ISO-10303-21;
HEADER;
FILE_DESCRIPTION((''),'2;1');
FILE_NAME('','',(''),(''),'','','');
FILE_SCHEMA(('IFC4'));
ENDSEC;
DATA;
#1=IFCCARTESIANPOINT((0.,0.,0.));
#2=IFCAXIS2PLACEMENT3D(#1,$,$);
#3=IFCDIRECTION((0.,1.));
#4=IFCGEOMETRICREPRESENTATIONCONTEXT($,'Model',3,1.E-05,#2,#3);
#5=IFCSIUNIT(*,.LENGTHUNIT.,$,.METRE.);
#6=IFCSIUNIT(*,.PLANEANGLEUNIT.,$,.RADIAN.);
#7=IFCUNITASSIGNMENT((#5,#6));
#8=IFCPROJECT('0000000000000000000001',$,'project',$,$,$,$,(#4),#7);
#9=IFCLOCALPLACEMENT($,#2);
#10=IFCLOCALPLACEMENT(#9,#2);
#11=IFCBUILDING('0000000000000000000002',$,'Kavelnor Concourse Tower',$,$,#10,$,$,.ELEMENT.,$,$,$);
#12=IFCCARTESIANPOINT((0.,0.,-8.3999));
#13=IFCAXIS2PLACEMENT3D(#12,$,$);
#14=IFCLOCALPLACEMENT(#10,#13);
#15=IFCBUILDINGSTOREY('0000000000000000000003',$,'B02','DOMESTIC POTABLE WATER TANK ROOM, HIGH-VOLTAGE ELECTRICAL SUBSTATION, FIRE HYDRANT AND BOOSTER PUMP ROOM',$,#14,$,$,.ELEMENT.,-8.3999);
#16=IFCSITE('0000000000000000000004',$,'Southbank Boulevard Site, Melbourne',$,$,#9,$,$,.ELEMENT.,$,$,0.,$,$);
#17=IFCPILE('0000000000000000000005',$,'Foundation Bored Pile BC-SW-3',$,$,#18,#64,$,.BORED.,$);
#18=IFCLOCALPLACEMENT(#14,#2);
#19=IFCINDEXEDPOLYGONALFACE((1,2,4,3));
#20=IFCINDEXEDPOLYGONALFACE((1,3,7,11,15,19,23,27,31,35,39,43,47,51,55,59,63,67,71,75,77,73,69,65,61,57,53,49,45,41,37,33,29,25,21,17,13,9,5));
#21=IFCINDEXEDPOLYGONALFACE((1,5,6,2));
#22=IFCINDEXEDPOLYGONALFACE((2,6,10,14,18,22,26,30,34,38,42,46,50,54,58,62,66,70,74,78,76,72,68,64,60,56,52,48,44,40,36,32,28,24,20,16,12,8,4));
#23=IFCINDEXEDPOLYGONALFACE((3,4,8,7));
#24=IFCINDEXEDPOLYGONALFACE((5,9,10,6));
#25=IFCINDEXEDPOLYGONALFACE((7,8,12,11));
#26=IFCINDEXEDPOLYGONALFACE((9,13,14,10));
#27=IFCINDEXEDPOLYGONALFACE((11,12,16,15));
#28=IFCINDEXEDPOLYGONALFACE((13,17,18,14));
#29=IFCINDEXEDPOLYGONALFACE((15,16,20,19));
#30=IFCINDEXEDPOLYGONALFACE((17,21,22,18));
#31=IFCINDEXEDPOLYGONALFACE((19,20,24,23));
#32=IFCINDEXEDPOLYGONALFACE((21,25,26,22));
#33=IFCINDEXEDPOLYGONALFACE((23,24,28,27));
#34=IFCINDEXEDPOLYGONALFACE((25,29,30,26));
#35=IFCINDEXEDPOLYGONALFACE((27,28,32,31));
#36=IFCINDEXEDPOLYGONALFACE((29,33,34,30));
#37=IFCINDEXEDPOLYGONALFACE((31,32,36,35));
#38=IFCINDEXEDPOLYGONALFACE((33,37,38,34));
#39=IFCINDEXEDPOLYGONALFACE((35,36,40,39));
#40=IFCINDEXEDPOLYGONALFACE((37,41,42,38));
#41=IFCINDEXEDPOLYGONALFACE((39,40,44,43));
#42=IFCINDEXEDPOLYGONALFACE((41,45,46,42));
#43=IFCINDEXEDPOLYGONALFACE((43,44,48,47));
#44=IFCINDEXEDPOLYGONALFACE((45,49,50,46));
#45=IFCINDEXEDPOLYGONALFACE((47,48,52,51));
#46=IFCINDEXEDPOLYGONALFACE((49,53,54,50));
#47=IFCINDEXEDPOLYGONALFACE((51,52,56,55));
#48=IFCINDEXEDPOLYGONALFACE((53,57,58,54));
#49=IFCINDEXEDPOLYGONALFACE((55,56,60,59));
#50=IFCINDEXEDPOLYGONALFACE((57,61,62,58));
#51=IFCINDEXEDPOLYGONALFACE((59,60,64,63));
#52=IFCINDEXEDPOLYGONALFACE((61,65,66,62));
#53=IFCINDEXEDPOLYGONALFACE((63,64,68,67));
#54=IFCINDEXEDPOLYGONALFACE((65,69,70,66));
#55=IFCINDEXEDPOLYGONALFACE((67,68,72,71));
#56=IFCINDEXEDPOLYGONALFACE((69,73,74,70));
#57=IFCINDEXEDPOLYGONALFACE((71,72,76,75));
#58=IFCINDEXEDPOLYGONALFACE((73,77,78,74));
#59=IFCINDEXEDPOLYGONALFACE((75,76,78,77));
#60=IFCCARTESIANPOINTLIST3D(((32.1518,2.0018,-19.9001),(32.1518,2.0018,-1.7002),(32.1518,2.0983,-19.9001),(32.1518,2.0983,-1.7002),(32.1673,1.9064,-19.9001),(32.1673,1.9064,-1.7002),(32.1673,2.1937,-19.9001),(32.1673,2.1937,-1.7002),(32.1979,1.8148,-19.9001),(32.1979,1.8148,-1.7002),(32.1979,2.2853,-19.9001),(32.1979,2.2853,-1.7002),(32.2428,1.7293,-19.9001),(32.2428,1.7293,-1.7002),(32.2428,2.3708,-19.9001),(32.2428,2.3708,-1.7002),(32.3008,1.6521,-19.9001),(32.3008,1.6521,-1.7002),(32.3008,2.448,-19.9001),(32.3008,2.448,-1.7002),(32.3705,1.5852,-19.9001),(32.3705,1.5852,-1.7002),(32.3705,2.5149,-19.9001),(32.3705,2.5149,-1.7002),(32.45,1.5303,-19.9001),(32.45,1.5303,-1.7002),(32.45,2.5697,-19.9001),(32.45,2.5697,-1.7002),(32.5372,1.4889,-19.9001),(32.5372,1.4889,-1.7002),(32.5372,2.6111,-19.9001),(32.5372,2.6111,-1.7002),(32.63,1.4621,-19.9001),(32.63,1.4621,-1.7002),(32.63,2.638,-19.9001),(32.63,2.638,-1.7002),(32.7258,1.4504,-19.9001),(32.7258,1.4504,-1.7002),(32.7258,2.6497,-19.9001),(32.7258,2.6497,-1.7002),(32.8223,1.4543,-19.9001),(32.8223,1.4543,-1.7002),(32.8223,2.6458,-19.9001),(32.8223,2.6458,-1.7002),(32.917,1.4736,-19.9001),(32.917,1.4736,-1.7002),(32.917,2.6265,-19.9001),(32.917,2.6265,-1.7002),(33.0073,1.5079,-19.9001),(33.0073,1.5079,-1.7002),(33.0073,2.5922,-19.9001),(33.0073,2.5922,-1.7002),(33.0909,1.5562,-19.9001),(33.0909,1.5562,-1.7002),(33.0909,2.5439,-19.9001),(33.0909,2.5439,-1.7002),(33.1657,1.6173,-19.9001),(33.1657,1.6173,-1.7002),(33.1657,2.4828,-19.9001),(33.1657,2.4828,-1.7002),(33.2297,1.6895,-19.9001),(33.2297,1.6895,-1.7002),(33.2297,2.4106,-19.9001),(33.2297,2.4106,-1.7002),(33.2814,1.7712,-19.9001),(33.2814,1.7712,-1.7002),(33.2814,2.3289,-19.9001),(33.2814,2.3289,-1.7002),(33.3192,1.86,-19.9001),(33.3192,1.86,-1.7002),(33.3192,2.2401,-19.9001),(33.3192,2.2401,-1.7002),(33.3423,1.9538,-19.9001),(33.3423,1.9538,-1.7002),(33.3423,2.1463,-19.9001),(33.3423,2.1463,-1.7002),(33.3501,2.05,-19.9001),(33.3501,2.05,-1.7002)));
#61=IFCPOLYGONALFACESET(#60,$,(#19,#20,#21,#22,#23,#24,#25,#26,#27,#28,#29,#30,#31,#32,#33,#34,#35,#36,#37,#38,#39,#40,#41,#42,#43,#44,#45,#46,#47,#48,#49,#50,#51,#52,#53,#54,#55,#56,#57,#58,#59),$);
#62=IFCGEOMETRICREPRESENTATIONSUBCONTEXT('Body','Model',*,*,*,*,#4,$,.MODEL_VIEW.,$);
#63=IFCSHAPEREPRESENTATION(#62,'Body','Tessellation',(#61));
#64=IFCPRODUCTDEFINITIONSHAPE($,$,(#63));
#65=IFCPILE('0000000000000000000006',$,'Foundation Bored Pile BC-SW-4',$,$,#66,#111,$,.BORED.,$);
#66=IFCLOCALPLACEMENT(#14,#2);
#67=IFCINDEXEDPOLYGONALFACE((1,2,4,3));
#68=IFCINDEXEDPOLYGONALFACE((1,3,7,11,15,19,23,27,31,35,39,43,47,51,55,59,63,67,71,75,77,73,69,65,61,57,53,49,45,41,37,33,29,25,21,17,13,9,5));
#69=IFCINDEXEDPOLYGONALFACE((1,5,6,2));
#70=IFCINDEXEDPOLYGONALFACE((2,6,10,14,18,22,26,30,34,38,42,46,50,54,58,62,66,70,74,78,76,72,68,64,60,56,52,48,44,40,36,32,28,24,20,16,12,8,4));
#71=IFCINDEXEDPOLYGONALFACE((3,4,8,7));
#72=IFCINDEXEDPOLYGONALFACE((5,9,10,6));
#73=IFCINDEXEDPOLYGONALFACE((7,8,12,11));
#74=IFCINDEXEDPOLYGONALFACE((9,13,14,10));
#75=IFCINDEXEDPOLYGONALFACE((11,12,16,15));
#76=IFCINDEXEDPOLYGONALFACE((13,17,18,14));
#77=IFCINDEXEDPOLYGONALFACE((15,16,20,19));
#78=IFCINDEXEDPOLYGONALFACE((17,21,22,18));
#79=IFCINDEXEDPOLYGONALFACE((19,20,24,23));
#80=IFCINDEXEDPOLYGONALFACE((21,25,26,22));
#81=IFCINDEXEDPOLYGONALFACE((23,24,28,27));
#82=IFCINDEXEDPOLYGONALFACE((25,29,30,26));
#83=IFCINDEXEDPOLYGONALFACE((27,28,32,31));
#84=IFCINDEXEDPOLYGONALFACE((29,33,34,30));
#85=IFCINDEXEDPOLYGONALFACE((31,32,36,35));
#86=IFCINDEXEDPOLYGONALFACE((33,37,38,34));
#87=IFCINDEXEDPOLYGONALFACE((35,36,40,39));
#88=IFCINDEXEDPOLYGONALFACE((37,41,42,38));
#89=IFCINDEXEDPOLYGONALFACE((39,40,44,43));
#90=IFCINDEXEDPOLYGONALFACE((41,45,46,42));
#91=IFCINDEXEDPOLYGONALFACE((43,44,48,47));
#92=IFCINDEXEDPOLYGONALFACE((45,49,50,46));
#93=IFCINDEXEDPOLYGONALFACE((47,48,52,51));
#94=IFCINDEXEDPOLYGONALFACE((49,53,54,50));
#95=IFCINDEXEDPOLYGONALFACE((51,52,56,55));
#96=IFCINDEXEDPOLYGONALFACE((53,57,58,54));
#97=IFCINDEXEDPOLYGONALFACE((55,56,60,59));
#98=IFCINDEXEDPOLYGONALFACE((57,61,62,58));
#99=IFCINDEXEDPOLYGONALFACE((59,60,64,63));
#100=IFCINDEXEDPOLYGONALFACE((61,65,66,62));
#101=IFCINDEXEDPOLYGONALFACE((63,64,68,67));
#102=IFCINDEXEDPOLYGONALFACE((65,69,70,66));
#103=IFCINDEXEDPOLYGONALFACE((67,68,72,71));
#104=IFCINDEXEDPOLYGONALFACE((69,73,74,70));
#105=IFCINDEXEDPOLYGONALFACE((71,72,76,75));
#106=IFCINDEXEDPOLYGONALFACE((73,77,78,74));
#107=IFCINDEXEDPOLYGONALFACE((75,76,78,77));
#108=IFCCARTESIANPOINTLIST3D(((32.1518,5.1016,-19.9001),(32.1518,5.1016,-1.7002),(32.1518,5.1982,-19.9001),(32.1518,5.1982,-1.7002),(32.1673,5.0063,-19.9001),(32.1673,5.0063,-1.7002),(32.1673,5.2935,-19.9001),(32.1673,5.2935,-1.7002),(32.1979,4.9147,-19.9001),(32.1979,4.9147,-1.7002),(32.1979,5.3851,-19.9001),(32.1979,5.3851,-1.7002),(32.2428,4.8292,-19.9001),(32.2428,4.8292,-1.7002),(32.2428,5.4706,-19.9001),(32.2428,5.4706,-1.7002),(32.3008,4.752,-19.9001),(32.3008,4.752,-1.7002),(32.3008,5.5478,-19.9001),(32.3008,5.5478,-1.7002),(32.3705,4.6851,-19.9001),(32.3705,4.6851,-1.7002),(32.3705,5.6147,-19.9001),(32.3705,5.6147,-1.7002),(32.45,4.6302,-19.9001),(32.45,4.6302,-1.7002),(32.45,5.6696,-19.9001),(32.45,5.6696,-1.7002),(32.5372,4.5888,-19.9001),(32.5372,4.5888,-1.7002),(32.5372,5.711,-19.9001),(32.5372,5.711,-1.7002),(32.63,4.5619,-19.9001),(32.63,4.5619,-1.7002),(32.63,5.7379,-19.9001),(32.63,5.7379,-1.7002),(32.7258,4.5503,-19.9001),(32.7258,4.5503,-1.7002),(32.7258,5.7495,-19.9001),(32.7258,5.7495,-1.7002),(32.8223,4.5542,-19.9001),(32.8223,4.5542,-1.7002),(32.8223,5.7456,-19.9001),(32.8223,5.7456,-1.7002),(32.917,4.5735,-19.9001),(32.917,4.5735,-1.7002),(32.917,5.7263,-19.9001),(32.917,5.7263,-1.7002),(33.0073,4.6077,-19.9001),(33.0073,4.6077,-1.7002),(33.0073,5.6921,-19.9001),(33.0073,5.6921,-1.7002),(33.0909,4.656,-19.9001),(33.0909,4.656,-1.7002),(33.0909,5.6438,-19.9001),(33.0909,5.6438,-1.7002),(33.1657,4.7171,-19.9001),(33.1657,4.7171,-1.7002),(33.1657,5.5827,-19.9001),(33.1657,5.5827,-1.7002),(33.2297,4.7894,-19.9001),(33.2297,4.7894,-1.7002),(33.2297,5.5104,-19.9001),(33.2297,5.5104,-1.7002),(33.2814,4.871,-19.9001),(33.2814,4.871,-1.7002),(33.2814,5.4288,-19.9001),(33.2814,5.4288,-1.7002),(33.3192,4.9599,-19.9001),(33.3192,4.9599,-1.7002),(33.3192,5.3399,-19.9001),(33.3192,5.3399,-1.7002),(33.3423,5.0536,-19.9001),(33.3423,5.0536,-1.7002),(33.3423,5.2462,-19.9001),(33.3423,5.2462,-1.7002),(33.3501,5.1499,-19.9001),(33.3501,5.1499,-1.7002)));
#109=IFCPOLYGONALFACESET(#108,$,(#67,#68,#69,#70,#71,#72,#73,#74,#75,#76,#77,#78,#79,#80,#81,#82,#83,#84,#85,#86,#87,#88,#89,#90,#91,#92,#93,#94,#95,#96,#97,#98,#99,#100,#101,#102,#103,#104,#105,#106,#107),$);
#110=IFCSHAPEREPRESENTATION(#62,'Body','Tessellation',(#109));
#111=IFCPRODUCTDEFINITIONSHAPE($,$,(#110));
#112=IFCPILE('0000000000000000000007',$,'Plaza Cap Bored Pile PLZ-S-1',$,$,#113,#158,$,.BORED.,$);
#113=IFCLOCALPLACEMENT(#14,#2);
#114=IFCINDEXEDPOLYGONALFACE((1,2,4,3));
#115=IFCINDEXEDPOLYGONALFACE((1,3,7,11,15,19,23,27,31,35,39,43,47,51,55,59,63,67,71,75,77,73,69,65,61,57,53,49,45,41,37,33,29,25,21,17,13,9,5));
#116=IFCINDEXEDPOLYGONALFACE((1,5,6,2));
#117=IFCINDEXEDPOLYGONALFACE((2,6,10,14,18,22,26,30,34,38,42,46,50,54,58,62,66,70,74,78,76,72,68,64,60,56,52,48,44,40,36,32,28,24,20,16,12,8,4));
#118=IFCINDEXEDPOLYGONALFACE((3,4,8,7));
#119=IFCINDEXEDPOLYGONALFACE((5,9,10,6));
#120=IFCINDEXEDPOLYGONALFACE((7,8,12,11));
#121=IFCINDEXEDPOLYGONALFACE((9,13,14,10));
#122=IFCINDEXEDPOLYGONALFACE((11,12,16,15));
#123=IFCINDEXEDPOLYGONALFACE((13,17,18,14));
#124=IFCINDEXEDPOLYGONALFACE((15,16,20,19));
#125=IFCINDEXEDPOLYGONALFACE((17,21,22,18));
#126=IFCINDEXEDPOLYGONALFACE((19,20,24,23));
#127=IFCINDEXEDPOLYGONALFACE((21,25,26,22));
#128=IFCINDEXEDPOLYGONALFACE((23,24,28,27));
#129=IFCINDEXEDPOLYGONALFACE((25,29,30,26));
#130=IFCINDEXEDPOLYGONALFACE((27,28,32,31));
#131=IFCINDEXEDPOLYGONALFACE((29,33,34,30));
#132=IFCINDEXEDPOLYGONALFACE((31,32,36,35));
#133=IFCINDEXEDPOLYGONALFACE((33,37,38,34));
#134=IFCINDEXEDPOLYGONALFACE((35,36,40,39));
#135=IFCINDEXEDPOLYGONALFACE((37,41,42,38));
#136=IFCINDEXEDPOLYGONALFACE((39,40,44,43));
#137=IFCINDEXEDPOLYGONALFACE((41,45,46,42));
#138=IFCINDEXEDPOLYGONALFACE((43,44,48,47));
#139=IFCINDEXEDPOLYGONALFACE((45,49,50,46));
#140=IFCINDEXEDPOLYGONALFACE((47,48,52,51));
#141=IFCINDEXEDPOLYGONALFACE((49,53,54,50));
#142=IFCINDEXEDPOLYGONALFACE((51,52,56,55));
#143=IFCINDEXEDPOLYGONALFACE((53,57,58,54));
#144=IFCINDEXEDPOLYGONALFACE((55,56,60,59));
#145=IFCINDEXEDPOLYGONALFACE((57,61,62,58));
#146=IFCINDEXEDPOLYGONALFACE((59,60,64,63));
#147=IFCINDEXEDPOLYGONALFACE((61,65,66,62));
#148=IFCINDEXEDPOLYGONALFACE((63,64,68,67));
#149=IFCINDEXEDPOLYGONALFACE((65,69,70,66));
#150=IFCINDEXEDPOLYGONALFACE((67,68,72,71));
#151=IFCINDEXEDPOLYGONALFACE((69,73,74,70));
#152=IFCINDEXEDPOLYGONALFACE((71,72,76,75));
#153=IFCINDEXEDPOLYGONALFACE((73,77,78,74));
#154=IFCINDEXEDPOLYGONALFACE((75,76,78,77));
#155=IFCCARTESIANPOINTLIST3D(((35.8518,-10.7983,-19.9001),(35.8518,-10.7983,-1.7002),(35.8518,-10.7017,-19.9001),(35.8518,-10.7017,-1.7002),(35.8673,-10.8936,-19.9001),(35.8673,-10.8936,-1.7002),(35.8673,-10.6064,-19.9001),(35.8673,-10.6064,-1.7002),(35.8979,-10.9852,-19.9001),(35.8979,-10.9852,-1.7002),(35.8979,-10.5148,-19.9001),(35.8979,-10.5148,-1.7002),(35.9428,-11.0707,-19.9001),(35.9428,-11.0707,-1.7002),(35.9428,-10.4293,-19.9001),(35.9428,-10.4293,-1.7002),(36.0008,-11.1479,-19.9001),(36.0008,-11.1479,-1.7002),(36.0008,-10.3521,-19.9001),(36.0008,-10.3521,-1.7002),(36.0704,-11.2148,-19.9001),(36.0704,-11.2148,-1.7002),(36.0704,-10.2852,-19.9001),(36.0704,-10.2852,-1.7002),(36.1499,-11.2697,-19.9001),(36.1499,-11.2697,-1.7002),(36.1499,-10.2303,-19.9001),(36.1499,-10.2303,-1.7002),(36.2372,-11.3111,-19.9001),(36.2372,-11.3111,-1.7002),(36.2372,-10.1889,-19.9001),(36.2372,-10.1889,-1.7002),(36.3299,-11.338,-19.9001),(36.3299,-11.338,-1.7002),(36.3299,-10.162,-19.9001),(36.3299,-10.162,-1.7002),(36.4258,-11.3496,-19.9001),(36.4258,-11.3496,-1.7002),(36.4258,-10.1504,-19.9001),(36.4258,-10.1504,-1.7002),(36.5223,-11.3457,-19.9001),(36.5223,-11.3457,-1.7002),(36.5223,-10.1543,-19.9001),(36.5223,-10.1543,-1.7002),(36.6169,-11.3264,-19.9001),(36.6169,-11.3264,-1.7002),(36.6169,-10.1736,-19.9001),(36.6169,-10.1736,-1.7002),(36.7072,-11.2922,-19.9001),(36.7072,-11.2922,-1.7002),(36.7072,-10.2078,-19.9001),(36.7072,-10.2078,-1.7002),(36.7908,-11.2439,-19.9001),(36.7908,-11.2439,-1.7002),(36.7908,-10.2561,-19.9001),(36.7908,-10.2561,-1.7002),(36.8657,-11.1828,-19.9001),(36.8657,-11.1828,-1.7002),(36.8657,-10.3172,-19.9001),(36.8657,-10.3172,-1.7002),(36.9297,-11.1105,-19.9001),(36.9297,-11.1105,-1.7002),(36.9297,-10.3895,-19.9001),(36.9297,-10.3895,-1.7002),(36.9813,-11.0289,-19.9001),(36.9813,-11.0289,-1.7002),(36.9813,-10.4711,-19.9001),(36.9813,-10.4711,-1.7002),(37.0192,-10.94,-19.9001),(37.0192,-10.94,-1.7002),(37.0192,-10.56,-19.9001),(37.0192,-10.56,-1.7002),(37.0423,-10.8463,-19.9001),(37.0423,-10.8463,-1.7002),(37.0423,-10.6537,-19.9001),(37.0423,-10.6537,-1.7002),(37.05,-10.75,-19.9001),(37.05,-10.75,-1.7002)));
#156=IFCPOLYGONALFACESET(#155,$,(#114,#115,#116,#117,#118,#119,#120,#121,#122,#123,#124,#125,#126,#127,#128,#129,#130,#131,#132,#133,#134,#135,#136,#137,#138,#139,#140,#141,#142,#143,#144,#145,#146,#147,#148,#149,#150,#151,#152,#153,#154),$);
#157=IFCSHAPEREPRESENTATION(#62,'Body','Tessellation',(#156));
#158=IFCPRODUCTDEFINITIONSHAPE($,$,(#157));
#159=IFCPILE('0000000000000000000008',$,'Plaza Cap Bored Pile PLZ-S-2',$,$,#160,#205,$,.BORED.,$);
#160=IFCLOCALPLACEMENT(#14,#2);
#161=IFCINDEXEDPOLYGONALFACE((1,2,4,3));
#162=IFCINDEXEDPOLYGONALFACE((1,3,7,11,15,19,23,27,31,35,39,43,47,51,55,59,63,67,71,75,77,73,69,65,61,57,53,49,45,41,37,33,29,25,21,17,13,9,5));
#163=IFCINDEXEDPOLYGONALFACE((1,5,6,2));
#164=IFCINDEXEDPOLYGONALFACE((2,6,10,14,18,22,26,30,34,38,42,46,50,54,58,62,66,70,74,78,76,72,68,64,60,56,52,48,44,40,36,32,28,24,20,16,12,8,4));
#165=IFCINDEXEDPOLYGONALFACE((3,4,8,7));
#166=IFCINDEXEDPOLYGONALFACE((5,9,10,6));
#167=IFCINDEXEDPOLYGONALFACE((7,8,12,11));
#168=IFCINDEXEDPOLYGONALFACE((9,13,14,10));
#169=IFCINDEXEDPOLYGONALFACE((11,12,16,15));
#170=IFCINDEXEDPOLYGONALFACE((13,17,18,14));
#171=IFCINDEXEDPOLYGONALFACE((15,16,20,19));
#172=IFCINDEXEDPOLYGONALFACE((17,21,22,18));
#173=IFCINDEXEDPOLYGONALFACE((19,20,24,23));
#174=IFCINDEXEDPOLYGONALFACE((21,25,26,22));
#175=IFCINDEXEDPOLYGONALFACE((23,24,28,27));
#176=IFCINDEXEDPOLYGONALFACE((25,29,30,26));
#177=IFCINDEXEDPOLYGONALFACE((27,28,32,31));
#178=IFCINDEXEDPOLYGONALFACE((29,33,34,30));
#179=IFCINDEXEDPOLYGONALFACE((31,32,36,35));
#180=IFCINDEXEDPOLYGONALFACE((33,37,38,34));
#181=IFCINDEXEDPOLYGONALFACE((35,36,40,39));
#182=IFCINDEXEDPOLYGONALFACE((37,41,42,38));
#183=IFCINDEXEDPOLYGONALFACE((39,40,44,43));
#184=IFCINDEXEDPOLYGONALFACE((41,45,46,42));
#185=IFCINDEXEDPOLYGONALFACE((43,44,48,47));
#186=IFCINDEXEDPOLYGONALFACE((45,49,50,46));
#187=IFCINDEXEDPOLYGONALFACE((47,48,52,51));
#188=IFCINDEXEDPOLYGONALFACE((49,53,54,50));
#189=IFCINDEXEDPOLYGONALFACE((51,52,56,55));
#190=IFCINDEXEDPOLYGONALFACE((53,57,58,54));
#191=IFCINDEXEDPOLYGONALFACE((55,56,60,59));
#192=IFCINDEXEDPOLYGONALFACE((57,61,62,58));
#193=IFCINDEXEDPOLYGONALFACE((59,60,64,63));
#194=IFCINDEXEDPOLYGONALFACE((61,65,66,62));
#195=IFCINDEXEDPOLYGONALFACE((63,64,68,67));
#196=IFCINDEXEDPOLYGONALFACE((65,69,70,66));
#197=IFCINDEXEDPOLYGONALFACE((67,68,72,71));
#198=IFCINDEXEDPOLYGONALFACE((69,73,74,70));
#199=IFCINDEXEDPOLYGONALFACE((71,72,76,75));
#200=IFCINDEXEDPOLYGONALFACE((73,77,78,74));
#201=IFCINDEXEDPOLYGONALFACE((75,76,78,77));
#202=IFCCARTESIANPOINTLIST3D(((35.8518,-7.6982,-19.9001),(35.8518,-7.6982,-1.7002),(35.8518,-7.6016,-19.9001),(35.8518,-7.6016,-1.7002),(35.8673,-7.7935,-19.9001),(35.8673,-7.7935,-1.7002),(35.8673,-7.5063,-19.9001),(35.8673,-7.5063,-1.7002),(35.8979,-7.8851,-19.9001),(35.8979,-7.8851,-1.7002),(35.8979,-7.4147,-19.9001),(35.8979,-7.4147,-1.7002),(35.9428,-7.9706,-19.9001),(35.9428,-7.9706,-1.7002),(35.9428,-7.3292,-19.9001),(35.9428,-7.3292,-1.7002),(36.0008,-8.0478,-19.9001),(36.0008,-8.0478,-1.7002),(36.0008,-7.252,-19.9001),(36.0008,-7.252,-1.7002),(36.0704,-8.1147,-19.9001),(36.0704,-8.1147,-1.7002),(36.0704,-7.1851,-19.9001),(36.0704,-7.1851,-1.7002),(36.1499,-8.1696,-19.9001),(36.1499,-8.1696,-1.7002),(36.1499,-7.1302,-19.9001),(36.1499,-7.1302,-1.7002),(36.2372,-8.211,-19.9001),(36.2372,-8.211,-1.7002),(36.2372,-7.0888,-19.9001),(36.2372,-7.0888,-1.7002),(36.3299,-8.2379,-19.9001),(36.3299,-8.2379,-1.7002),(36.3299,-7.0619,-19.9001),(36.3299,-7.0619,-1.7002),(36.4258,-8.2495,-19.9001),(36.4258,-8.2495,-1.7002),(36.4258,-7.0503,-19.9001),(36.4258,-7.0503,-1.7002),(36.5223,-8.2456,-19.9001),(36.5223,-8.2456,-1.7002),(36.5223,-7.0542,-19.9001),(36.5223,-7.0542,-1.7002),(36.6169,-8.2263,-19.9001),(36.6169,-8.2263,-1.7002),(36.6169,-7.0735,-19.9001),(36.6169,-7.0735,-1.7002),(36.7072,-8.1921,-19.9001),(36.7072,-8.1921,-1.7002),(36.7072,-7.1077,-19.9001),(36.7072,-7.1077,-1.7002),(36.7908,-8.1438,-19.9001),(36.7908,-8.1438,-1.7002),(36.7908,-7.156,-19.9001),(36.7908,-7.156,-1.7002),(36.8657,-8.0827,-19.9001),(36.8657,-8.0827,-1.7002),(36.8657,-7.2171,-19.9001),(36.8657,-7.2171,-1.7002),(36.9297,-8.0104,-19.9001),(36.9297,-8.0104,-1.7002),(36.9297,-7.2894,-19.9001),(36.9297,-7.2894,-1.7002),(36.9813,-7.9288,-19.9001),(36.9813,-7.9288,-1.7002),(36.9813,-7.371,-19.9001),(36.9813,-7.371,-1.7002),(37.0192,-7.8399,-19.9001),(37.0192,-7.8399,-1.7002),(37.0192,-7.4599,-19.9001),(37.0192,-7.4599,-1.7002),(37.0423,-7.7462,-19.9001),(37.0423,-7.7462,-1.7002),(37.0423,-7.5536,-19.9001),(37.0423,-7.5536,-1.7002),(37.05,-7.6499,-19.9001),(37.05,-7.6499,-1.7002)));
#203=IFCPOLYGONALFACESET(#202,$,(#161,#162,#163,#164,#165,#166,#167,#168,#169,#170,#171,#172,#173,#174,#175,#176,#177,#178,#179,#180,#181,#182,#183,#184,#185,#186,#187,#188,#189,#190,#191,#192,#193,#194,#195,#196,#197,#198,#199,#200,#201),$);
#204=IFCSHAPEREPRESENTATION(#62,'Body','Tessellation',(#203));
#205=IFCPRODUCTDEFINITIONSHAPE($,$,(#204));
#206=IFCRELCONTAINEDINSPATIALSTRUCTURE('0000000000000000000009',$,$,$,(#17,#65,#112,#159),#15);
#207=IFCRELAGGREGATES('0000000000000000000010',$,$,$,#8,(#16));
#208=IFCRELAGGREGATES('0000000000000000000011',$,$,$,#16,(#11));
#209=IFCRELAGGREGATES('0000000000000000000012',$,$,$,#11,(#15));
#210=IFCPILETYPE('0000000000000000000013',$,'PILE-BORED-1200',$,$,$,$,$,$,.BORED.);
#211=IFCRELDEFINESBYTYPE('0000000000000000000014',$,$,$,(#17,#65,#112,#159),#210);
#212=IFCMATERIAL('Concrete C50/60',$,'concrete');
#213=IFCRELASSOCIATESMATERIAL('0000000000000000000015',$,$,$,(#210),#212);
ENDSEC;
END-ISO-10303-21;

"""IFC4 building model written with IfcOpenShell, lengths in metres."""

from ifc_helpers import new_model, si_unit, direction, frame, origin, origin_2d, place, context, subcontext, project, spatial, circle, extrude, material, material_profile, profile_set, type_object, element, save


model = new_model("IFC4")

# Units and contexts
model_context = context("Model", 3, precision=1e-05, world=origin(), true_north=direction((0.0, 1.0)))
body_context = subcontext(model_context, "Body", "Model", "MODEL_VIEW")
ifc_project = project(units=[si_unit("LENGTHUNIT", "METRE"), si_unit("PLANEANGLEUNIT", "RADIAN")], contexts=[model_context])

# Site, building, storey
site_placement = place(None, origin())
site = spatial("IfcSite", under=ifc_project, at=site_placement, Name="Southbank Boulevard Site, Melbourne", CompositionType="ELEMENT", RefElevation=0.0)
building_placement = place(site_placement, origin())
building = spatial("IfcBuilding", under=site, at=building_placement, Name="Kavelnor Concourse Tower", CompositionType="ELEMENT")
storey_placement = place(building_placement, frame((0.0, 0.0, -8.3999)))
storey = spatial("IfcBuildingStorey", under=building, at=storey_placement, Name="B02", Description="DOMESTIC POTABLE WATER TANK ROOM, HIGH-VOLTAGE ELECTRICAL SUBSTATION, FIRE HYDRANT AND BOOSTER PUMP ROOM", CompositionType="ELEMENT", Elevation=-8.3999)

# Shared definitions
ifc_material_1 = material(Name="Concrete C50/60", Category="concrete")

# Piles
ifc_material_profile_1 = material_profile(ifc_material_1, circle(Radius=0.6001, at=origin_2d()), Name="PILE-D1200")
ifc_profile_set_1 = profile_set([ifc_material_profile_1], Name="Concrete C50/60")
pile_type_1 = type_object("IfcPileType", Name="PILE-BORED-1200", PredefinedType="BORED", material=ifc_profile_set_1)
for number, where, z_axis, x_axis, name in (
    (1, (32.75, 2.05, -1.7002), (0.0, 0.0, -1.0), (1.0, 0.0, 0.0), "Foundation Bored Pile BC-SW-3"),
    (2, (32.75, 5.1499, -1.7002), (0.0, 0.0, -1.0), (1.0, 0.0, 0.0), "Foundation Bored Pile BC-SW-4"),
    (3, (36.45, -10.75, -1.7002), (0.0, 0.0, -1.0), (1.0, 0.0, 0.0), "Plaza Cap Bored Pile PLZ-S-1"),
    (4, (36.45, -7.6499, -1.7002), (0.0, 0.0, -1.0), (1.0, 0.0, 0.0), "Plaza Cap Bored Pile PLZ-S-2"),
):
    element("IfcPile", number, at=place(storey_placement, frame(where, z_axis=z_axis, x_axis=x_axis)), inside=storey, type_object=pile_type_1, Name=name, PredefinedType="BORED", context=body_context, shape_type="SweptSolid", body=[
        extrude(circle(Radius=0.6001, at=origin_2d()), origin(), (0.0, 0.0, 1.0), 18.2),
    ])

save(model, "model.ifc")
